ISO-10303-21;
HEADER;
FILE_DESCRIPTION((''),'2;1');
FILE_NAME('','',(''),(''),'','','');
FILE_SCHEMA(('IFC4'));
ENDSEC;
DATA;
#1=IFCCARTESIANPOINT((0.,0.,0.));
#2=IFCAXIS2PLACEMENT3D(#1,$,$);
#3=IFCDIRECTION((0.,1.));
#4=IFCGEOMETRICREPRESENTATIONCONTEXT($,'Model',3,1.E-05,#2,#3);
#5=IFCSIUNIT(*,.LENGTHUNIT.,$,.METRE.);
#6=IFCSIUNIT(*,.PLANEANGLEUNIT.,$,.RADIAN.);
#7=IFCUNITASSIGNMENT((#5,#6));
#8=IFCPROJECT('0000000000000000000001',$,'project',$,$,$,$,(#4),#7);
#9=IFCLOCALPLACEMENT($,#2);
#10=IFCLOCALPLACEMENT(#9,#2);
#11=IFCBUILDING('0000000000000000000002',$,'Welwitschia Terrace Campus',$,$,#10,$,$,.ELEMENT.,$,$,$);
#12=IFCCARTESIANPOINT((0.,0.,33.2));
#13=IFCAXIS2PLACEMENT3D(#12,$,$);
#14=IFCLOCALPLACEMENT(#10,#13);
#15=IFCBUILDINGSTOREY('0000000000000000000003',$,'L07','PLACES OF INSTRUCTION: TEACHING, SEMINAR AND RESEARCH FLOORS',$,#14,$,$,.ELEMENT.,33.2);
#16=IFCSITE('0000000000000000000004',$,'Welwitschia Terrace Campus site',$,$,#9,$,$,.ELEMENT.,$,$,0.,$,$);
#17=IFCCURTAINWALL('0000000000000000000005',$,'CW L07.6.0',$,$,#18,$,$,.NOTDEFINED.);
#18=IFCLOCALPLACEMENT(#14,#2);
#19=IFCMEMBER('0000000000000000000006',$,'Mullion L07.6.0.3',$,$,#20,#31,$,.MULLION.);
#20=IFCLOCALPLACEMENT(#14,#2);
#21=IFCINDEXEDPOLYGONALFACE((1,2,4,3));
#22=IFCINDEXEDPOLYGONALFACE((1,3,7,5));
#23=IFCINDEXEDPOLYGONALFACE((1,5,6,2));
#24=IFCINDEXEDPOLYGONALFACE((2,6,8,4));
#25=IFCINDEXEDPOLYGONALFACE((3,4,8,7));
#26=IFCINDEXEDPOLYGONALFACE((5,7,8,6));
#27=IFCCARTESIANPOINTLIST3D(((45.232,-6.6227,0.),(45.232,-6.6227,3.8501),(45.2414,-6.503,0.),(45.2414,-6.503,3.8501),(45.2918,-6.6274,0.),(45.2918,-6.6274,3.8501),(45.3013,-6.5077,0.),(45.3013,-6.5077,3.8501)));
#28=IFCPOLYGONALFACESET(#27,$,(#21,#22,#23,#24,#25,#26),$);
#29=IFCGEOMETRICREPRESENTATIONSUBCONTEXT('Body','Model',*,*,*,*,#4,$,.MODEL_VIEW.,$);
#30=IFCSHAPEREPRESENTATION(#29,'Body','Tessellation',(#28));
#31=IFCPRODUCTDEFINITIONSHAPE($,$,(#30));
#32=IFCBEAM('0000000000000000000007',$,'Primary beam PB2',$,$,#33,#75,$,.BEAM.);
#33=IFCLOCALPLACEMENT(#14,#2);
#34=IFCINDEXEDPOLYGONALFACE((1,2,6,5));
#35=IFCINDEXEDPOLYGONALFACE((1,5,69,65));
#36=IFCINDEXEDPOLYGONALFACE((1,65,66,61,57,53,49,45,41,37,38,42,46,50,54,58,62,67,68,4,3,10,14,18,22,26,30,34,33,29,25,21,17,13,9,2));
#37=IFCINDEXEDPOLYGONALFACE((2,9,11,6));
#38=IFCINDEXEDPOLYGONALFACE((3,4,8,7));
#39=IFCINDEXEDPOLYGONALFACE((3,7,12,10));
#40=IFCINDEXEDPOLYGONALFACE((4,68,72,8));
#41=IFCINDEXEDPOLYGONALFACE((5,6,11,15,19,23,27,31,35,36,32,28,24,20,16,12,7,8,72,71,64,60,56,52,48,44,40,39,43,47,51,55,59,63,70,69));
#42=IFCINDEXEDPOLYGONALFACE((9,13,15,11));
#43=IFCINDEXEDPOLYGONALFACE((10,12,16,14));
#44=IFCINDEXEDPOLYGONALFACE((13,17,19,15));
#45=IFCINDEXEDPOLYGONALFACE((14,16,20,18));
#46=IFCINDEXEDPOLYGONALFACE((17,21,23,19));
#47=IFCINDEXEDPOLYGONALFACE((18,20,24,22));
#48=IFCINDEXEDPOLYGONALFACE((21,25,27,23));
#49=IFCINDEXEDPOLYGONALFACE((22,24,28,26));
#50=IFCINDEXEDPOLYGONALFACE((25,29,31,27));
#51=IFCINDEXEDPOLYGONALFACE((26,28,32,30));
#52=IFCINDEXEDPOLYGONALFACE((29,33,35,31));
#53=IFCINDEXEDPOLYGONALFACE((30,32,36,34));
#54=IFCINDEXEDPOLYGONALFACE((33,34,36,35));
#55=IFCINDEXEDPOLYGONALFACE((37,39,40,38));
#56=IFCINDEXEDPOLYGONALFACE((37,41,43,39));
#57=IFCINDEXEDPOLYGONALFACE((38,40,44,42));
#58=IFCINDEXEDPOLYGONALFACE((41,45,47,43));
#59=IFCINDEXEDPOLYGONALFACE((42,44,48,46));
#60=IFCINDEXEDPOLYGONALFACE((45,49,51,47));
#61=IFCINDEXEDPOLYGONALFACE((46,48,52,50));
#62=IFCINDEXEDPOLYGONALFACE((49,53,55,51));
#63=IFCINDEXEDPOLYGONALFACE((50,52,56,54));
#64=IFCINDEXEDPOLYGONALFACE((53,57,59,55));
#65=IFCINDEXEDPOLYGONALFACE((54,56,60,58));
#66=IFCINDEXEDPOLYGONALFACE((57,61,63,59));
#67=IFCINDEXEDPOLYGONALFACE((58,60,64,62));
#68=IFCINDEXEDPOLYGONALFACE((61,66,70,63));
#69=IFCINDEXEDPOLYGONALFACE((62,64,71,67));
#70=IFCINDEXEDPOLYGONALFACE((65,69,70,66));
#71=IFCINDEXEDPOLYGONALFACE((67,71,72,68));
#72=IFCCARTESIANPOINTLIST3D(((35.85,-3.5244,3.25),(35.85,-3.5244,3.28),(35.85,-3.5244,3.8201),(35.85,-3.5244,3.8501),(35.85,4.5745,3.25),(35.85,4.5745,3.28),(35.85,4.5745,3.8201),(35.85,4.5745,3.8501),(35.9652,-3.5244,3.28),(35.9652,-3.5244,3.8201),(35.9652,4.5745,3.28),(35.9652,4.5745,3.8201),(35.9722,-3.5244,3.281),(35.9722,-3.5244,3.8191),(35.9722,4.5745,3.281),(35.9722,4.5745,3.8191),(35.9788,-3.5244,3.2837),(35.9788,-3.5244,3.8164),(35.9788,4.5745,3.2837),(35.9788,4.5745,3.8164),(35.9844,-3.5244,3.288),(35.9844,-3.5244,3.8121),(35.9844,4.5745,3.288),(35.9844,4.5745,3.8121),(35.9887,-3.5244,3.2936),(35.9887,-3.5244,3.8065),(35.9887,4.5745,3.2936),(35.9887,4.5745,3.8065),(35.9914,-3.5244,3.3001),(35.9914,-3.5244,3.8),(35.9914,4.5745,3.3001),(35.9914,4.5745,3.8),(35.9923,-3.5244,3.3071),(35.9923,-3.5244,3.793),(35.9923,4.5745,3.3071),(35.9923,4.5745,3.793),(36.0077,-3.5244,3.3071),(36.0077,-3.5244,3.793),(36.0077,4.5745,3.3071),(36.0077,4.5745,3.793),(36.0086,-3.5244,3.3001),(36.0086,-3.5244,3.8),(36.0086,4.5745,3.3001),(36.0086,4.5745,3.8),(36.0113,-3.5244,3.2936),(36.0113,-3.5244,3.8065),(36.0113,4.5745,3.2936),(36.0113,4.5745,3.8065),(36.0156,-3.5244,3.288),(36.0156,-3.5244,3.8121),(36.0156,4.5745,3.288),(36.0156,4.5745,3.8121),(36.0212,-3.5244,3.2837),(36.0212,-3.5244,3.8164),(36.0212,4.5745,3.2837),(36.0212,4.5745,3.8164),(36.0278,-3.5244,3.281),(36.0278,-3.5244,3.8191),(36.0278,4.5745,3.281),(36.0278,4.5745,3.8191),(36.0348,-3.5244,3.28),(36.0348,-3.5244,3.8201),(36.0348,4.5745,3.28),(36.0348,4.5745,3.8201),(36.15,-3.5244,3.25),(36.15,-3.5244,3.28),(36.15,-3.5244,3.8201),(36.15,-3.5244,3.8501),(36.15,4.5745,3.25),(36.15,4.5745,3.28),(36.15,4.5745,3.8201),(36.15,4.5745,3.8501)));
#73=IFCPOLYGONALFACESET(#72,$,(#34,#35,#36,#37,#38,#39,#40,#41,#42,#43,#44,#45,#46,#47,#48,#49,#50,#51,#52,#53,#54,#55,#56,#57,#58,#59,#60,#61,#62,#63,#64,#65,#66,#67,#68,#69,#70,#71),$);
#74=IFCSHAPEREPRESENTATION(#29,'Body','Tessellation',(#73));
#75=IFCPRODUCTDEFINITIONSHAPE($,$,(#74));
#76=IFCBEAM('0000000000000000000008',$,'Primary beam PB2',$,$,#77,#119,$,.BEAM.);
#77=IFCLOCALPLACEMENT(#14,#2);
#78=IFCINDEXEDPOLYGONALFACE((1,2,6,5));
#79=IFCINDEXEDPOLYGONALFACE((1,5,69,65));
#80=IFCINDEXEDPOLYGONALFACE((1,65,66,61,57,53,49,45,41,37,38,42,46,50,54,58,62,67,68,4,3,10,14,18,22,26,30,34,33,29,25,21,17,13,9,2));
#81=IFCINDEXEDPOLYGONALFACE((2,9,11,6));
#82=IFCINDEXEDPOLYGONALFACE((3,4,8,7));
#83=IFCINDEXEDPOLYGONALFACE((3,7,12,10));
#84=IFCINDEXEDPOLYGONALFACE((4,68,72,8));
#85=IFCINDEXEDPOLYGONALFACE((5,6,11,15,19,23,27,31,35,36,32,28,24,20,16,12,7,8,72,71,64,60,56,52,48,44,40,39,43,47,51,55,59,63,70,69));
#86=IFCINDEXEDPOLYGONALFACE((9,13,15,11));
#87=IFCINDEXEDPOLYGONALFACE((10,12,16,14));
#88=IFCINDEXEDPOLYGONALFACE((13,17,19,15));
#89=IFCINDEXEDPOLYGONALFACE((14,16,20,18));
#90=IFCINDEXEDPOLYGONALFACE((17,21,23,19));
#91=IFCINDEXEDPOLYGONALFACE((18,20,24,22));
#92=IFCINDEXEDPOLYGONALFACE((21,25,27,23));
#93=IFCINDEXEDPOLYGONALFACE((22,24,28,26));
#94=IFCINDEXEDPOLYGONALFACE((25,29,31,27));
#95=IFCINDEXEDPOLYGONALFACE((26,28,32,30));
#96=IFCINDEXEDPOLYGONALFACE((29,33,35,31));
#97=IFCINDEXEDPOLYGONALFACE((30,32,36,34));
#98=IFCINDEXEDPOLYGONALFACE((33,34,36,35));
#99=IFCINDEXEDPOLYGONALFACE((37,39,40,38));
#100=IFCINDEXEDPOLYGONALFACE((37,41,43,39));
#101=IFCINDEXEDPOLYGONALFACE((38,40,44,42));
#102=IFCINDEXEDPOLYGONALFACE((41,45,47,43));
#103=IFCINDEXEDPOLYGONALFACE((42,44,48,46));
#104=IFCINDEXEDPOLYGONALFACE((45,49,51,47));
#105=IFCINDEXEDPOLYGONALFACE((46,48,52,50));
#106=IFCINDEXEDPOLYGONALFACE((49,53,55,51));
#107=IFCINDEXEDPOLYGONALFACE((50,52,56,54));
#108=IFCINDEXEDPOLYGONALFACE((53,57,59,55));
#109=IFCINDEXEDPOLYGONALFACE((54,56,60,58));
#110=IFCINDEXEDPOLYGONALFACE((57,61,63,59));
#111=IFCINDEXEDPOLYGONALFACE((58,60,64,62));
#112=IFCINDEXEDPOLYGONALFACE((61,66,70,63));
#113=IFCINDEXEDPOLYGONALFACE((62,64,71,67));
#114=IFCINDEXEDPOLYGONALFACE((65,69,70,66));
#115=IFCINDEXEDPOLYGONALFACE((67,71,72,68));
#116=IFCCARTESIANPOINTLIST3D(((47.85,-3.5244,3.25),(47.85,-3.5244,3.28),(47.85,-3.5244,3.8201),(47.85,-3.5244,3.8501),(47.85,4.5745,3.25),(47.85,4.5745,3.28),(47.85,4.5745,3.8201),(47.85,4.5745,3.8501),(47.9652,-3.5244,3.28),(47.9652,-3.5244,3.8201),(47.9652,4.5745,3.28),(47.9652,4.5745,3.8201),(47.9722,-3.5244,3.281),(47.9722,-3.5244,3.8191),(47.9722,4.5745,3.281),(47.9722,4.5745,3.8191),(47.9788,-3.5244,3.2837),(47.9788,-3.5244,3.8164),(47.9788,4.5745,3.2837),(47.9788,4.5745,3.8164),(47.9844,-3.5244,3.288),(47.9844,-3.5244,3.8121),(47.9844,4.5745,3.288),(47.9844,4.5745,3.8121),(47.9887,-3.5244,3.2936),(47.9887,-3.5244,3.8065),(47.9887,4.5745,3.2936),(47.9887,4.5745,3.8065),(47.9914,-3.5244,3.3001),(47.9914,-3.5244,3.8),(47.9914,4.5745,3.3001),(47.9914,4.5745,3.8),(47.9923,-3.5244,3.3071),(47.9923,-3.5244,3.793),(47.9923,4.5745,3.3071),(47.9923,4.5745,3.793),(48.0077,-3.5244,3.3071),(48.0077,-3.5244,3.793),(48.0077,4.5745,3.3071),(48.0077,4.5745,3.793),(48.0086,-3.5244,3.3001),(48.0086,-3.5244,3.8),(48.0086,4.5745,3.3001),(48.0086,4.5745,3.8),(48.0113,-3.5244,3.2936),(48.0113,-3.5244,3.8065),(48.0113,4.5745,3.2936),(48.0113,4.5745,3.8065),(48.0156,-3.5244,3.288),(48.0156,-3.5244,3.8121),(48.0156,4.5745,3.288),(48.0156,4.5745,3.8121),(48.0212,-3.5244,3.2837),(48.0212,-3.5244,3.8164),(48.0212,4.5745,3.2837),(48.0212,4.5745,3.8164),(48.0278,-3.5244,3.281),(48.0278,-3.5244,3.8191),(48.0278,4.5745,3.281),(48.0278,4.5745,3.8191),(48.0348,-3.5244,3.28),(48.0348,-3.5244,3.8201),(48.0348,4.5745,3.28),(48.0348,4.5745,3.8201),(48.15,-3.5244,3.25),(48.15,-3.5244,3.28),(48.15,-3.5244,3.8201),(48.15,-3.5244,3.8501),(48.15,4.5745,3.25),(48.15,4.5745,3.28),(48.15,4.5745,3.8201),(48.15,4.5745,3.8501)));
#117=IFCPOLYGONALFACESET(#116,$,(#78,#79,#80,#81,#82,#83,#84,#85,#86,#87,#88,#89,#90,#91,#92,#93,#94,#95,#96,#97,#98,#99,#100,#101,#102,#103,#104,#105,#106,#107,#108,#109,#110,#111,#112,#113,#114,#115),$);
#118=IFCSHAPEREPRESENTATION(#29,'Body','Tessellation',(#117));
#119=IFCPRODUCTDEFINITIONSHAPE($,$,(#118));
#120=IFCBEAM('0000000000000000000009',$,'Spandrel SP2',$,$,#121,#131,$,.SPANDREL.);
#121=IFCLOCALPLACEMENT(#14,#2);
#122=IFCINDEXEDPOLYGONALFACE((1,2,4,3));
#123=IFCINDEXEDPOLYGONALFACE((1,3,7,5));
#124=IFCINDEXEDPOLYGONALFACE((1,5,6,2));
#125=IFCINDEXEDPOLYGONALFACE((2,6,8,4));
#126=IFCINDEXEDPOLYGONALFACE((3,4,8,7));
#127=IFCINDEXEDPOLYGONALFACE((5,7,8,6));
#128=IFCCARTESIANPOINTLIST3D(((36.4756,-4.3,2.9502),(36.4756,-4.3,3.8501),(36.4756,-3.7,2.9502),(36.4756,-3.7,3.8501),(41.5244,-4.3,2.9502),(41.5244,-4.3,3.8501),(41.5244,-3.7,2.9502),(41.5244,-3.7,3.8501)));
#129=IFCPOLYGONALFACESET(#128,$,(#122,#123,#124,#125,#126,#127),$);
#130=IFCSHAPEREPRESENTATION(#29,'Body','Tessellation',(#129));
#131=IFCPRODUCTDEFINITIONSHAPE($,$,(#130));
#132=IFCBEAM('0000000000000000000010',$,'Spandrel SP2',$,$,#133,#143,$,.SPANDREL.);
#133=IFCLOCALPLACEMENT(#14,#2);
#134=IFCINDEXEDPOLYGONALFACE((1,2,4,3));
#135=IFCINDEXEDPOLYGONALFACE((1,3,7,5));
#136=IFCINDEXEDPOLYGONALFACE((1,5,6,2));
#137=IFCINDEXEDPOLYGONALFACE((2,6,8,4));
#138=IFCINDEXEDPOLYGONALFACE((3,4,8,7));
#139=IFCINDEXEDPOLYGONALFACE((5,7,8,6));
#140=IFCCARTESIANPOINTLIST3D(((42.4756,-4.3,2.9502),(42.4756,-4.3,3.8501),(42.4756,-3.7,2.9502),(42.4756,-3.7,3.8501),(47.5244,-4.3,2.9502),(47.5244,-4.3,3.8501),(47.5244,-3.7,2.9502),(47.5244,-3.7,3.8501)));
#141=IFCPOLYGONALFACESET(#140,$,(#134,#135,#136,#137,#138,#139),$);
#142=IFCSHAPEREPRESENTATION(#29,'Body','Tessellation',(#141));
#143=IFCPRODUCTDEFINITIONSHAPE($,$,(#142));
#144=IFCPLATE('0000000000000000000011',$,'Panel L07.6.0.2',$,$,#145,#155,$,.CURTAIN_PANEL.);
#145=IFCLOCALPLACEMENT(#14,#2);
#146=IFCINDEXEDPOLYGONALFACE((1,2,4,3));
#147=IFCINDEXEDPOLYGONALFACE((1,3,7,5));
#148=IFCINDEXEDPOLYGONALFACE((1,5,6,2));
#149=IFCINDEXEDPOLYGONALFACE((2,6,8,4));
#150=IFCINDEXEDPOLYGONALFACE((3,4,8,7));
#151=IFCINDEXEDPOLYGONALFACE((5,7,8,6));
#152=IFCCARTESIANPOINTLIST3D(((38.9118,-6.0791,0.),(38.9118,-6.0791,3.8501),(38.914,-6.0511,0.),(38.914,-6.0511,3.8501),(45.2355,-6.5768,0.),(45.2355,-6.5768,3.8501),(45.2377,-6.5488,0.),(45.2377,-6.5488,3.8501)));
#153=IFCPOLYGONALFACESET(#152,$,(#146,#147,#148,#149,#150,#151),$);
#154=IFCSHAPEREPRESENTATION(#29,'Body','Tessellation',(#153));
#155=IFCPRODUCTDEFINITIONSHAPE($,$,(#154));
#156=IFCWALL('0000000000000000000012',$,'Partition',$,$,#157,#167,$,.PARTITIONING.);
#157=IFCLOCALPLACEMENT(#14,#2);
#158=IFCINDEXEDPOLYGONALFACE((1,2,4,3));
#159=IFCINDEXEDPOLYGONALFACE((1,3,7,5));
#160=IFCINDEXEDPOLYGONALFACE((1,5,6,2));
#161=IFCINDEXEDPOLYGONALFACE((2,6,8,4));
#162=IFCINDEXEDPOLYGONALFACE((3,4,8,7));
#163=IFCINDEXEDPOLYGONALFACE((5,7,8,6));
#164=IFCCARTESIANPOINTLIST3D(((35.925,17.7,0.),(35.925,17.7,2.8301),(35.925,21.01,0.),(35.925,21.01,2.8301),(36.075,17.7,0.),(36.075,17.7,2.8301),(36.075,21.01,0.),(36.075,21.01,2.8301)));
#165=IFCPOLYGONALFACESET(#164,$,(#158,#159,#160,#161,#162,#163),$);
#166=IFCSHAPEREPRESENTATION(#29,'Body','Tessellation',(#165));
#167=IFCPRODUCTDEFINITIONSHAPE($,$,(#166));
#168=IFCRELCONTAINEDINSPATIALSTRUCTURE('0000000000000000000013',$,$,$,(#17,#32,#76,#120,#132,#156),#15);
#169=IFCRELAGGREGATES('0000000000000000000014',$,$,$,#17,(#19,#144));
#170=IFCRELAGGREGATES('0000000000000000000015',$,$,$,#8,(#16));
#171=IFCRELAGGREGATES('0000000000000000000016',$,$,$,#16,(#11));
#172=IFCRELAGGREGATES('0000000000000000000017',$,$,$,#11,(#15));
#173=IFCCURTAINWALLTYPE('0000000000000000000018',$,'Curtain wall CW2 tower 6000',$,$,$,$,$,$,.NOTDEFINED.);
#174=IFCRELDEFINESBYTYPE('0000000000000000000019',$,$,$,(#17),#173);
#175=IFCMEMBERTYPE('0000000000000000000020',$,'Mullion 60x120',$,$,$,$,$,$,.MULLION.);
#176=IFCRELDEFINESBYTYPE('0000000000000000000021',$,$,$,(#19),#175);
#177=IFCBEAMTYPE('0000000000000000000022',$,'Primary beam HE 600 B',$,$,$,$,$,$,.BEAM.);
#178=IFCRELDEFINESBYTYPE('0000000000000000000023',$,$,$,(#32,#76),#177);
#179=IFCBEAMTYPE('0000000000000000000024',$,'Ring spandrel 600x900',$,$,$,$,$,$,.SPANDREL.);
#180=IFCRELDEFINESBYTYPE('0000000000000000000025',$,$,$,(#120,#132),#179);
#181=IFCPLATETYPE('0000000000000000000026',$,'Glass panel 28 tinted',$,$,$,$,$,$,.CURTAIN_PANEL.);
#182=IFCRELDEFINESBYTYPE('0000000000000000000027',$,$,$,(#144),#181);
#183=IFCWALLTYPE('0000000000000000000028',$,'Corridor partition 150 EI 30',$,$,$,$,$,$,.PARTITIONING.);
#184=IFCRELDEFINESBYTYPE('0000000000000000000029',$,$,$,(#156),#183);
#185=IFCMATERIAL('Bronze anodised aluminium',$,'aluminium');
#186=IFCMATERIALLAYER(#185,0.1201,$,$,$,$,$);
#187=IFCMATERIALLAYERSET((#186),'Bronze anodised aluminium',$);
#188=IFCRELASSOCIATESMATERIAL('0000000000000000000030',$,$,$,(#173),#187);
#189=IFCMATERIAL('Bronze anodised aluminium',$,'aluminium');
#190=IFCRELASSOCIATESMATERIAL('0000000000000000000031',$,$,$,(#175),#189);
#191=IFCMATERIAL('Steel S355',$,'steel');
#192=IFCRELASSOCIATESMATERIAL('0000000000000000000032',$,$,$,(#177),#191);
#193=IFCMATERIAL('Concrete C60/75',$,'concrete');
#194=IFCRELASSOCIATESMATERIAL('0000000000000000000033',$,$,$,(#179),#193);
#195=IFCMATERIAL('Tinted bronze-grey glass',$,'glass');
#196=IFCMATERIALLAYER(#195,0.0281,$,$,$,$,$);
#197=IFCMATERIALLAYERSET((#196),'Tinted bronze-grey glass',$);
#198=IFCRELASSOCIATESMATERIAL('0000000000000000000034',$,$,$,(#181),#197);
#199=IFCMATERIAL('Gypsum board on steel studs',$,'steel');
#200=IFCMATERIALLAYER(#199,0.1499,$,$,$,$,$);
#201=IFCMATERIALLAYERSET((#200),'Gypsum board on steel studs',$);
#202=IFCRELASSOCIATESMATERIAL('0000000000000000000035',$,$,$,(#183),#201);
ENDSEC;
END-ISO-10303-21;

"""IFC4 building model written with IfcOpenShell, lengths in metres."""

from ifc_helpers import new_model, si_unit, direction, frame, frame_2d, origin, origin_2d, place, context, subcontext, project, spatial, rectangle, i_section, extrude, material, layer, layer_set, material_profile, profile_set, type_object, element, aggregate, save


model = new_model("IFC4")

# Units and contexts
model_context = context("Model", 3, precision=1e-05, world=origin(), true_north=direction((0.0, 1.0)))
body_context = subcontext(model_context, "Body", "Model", "MODEL_VIEW")
ifc_project = project(units=[si_unit("LENGTHUNIT", "METRE"), si_unit("PLANEANGLEUNIT", "RADIAN")], contexts=[model_context])

# Site, building, storey
site_placement = place(None, origin())
site = spatial("IfcSite", under=ifc_project, at=site_placement, Name="Welwitschia Terrace Campus site", CompositionType="ELEMENT", RefElevation=0.0)
building_placement = place(site_placement, origin())
building = spatial("IfcBuilding", under=site, at=building_placement, Name="Welwitschia Terrace Campus", CompositionType="ELEMENT")
storey_placement = place(building_placement, frame((0.0, 0.0, 33.2)))
storey = spatial("IfcBuildingStorey", under=building, at=storey_placement, Name="L07", Description="PLACES OF INSTRUCTION: TEACHING, SEMINAR AND RESEARCH FLOORS", CompositionType="ELEMENT", Elevation=33.2)

# Curtain wall, member
ifc_material_1 = material(Name="Bronze anodised aluminium", Category="aluminium")
ifc_layer_1 = layer(ifc_material_1, 0.1201)
ifc_layer_set_1 = layer_set([ifc_layer_1], Name="Bronze anodised aluminium")
curtain_wall_type = type_object("IfcCurtainWallType", Name="Curtain wall CW2 tower 6000", PredefinedType="NOTDEFINED", material=ifc_layer_set_1)
curtain_wall_placement = place(storey_placement, origin())
curtain_wall = element("IfcCurtainWall", 1, at=curtain_wall_placement, inside=storey, type_object=curtain_wall_type, Name="CW L07.6.0", PredefinedType="NOTDEFINED")
ifc_material_2 = material(Name="Bronze anodised aluminium", Category="aluminium")
ifc_material_profile_1 = material_profile(ifc_material_2, rectangle(XDim=0.1201, YDim=0.0601, at=origin_2d()))
ifc_profile_set_1 = profile_set([ifc_material_profile_1], Name="Bronze anodised aluminium")
member_type = type_object("IfcMemberType", Name="Mullion 60x120", PredefinedType="MULLION", material=ifc_profile_set_1)
member_1_placement = place(storey_placement, frame((45.2666, -6.5652, 0.0), z_axis=(0.0, 0.0, 1.0), x_axis=(0.078459, 0.996917, 0.0)))
member_1 = element("IfcMember", 2, at=member_1_placement, type_object=member_type, Name="Mullion L07.6.0.3", PredefinedType="MULLION", context=body_context, shape_type="SweptSolid", body=[
    extrude(rectangle(XDim=0.1201, YDim=0.0601, at=origin_2d()), origin(), (0.0, 0.0, 1.0), 3.8501),
])

# Beams
ifc_material_3 = material(Name="Steel S355", Category="steel")
ifc_material_profile_2 = material_profile(ifc_material_3, i_section(OverallWidth=0.3, OverallDepth=0.6001, WebThickness=0.0154, FlangeThickness=0.03, FilletRadius=0.0271, at=origin_2d()))
ifc_profile_set_2 = profile_set([ifc_material_profile_2], Name="Steel S355")
beam_type_1 = type_object("IfcBeamType", Name="Primary beam HE 600 B", PredefinedType="BEAM", material=ifc_profile_set_2)
for number, where, z_axis, x_axis, name in (
    (3, (36.0, -3.5244, 3.55), (0.0, 1.0, 0.0), (-1.0, 0.0, 0.0), "Primary beam PB2"),
    (4, (48.0, -3.5244, 3.55), (0.0, 1.0, 0.0), (-1.0, 0.0, 0.0), "Primary beam PB2"),
):
    element("IfcBeam", number, at=place(storey_placement, frame(where, z_axis=z_axis, x_axis=x_axis)), inside=storey, type_object=beam_type_1, Name=name, PredefinedType="BEAM", context=body_context, shape_type="SweptSolid", body=[
        extrude(i_section(OverallWidth=0.3, OverallDepth=0.6001, WebThickness=0.0154, FlangeThickness=0.03, FilletRadius=0.0271, at=origin_2d()), origin(), (0.0, 0.0, 1.0), 8.0989),
    ])
ifc_material_4 = material(Name="Concrete C60/75", Category="concrete")
ifc_material_profile_3 = material_profile(ifc_material_4, rectangle(XDim=0.6001, YDim=0.8999, at=origin_2d()))
ifc_profile_set_3 = profile_set([ifc_material_profile_3], Name="Concrete C60/75")
beam_type_2 = type_object("IfcBeamType", Name="Ring spandrel 600x900", PredefinedType="SPANDREL", material=ifc_profile_set_3)
for number, where, z_axis, x_axis, name in (
    (5, (36.4756, -4.0, 3.4001), (1.0, 0.0, 0.0), (0.0, 1.0, 0.0), "Spandrel SP2"),
    (6, (42.4756, -4.0, 3.4001), (1.0, 0.0, 0.0), (0.0, 1.0, 0.0), "Spandrel SP2"),
):
    element("IfcBeam", number, at=place(storey_placement, frame(where, z_axis=z_axis, x_axis=x_axis)), inside=storey, type_object=beam_type_2, Name=name, PredefinedType="SPANDREL", context=body_context, shape_type="SweptSolid", body=[
        extrude(rectangle(XDim=0.6001, YDim=0.8999, at=origin_2d()), origin(), (0.0, 0.0, 1.0), 5.0488),
    ])

# Plate
ifc_material_5 = material(Name="Tinted bronze-grey glass", Category="glass")
ifc_layer_2 = layer(ifc_material_5, 0.0281)
ifc_layer_set_2 = layer_set([ifc_layer_2], Name="Tinted bronze-grey glass")
plate_type = type_object("IfcPlateType", Name="Glass panel 28 tinted", PredefinedType="CURTAIN_PANEL", material=ifc_layer_set_2)
plate_placement = place(storey_placement, frame((42.0747, -6.314, 0.0), z_axis=(0.0, 0.0, 1.0), x_axis=(0.996917, -0.078459, 0.0)))
plate = element("IfcPlate", 7, at=plate_placement, type_object=plate_type, Name="Panel L07.6.0.2", PredefinedType="CURTAIN_PANEL", context=body_context, shape_type="SweptSolid", body=[
    extrude(rectangle(XDim=6.3433, YDim=0.0281, at=origin_2d()), origin(), (0.0, 0.0, 1.0), 3.8501),
])
aggregate(curtain_wall, [member_1, plate])

# Wall
ifc_material_6 = material(Name="Gypsum board on steel studs", Category="steel")
ifc_layer_3 = layer(ifc_material_6, 0.1499)
ifc_layer_set_3 = layer_set([ifc_layer_3], Name="Gypsum board on steel studs")
wall_type = type_object("IfcWallType", Name="Corridor partition 150 EI 30", PredefinedType="PARTITIONING", material=ifc_layer_set_3)
wall_1_placement = place(storey_placement, frame((36.0, 17.7, 0.0), z_axis=(0.0, 0.0, 1.0), x_axis=(0.0, 1.0, 0.0)))
element("IfcWall", 8, at=wall_1_placement, inside=storey, type_object=wall_type, Name="Partition", PredefinedType="PARTITIONING", context=body_context, shape_type="SweptSolid", body=[
    extrude(rectangle(XDim=3.3101, YDim=0.1499, at=frame_2d((1.655, 0.0))), origin(), (0.0, 0.0, 1.0), 2.8301),
])

save(model, "model.ifc")
